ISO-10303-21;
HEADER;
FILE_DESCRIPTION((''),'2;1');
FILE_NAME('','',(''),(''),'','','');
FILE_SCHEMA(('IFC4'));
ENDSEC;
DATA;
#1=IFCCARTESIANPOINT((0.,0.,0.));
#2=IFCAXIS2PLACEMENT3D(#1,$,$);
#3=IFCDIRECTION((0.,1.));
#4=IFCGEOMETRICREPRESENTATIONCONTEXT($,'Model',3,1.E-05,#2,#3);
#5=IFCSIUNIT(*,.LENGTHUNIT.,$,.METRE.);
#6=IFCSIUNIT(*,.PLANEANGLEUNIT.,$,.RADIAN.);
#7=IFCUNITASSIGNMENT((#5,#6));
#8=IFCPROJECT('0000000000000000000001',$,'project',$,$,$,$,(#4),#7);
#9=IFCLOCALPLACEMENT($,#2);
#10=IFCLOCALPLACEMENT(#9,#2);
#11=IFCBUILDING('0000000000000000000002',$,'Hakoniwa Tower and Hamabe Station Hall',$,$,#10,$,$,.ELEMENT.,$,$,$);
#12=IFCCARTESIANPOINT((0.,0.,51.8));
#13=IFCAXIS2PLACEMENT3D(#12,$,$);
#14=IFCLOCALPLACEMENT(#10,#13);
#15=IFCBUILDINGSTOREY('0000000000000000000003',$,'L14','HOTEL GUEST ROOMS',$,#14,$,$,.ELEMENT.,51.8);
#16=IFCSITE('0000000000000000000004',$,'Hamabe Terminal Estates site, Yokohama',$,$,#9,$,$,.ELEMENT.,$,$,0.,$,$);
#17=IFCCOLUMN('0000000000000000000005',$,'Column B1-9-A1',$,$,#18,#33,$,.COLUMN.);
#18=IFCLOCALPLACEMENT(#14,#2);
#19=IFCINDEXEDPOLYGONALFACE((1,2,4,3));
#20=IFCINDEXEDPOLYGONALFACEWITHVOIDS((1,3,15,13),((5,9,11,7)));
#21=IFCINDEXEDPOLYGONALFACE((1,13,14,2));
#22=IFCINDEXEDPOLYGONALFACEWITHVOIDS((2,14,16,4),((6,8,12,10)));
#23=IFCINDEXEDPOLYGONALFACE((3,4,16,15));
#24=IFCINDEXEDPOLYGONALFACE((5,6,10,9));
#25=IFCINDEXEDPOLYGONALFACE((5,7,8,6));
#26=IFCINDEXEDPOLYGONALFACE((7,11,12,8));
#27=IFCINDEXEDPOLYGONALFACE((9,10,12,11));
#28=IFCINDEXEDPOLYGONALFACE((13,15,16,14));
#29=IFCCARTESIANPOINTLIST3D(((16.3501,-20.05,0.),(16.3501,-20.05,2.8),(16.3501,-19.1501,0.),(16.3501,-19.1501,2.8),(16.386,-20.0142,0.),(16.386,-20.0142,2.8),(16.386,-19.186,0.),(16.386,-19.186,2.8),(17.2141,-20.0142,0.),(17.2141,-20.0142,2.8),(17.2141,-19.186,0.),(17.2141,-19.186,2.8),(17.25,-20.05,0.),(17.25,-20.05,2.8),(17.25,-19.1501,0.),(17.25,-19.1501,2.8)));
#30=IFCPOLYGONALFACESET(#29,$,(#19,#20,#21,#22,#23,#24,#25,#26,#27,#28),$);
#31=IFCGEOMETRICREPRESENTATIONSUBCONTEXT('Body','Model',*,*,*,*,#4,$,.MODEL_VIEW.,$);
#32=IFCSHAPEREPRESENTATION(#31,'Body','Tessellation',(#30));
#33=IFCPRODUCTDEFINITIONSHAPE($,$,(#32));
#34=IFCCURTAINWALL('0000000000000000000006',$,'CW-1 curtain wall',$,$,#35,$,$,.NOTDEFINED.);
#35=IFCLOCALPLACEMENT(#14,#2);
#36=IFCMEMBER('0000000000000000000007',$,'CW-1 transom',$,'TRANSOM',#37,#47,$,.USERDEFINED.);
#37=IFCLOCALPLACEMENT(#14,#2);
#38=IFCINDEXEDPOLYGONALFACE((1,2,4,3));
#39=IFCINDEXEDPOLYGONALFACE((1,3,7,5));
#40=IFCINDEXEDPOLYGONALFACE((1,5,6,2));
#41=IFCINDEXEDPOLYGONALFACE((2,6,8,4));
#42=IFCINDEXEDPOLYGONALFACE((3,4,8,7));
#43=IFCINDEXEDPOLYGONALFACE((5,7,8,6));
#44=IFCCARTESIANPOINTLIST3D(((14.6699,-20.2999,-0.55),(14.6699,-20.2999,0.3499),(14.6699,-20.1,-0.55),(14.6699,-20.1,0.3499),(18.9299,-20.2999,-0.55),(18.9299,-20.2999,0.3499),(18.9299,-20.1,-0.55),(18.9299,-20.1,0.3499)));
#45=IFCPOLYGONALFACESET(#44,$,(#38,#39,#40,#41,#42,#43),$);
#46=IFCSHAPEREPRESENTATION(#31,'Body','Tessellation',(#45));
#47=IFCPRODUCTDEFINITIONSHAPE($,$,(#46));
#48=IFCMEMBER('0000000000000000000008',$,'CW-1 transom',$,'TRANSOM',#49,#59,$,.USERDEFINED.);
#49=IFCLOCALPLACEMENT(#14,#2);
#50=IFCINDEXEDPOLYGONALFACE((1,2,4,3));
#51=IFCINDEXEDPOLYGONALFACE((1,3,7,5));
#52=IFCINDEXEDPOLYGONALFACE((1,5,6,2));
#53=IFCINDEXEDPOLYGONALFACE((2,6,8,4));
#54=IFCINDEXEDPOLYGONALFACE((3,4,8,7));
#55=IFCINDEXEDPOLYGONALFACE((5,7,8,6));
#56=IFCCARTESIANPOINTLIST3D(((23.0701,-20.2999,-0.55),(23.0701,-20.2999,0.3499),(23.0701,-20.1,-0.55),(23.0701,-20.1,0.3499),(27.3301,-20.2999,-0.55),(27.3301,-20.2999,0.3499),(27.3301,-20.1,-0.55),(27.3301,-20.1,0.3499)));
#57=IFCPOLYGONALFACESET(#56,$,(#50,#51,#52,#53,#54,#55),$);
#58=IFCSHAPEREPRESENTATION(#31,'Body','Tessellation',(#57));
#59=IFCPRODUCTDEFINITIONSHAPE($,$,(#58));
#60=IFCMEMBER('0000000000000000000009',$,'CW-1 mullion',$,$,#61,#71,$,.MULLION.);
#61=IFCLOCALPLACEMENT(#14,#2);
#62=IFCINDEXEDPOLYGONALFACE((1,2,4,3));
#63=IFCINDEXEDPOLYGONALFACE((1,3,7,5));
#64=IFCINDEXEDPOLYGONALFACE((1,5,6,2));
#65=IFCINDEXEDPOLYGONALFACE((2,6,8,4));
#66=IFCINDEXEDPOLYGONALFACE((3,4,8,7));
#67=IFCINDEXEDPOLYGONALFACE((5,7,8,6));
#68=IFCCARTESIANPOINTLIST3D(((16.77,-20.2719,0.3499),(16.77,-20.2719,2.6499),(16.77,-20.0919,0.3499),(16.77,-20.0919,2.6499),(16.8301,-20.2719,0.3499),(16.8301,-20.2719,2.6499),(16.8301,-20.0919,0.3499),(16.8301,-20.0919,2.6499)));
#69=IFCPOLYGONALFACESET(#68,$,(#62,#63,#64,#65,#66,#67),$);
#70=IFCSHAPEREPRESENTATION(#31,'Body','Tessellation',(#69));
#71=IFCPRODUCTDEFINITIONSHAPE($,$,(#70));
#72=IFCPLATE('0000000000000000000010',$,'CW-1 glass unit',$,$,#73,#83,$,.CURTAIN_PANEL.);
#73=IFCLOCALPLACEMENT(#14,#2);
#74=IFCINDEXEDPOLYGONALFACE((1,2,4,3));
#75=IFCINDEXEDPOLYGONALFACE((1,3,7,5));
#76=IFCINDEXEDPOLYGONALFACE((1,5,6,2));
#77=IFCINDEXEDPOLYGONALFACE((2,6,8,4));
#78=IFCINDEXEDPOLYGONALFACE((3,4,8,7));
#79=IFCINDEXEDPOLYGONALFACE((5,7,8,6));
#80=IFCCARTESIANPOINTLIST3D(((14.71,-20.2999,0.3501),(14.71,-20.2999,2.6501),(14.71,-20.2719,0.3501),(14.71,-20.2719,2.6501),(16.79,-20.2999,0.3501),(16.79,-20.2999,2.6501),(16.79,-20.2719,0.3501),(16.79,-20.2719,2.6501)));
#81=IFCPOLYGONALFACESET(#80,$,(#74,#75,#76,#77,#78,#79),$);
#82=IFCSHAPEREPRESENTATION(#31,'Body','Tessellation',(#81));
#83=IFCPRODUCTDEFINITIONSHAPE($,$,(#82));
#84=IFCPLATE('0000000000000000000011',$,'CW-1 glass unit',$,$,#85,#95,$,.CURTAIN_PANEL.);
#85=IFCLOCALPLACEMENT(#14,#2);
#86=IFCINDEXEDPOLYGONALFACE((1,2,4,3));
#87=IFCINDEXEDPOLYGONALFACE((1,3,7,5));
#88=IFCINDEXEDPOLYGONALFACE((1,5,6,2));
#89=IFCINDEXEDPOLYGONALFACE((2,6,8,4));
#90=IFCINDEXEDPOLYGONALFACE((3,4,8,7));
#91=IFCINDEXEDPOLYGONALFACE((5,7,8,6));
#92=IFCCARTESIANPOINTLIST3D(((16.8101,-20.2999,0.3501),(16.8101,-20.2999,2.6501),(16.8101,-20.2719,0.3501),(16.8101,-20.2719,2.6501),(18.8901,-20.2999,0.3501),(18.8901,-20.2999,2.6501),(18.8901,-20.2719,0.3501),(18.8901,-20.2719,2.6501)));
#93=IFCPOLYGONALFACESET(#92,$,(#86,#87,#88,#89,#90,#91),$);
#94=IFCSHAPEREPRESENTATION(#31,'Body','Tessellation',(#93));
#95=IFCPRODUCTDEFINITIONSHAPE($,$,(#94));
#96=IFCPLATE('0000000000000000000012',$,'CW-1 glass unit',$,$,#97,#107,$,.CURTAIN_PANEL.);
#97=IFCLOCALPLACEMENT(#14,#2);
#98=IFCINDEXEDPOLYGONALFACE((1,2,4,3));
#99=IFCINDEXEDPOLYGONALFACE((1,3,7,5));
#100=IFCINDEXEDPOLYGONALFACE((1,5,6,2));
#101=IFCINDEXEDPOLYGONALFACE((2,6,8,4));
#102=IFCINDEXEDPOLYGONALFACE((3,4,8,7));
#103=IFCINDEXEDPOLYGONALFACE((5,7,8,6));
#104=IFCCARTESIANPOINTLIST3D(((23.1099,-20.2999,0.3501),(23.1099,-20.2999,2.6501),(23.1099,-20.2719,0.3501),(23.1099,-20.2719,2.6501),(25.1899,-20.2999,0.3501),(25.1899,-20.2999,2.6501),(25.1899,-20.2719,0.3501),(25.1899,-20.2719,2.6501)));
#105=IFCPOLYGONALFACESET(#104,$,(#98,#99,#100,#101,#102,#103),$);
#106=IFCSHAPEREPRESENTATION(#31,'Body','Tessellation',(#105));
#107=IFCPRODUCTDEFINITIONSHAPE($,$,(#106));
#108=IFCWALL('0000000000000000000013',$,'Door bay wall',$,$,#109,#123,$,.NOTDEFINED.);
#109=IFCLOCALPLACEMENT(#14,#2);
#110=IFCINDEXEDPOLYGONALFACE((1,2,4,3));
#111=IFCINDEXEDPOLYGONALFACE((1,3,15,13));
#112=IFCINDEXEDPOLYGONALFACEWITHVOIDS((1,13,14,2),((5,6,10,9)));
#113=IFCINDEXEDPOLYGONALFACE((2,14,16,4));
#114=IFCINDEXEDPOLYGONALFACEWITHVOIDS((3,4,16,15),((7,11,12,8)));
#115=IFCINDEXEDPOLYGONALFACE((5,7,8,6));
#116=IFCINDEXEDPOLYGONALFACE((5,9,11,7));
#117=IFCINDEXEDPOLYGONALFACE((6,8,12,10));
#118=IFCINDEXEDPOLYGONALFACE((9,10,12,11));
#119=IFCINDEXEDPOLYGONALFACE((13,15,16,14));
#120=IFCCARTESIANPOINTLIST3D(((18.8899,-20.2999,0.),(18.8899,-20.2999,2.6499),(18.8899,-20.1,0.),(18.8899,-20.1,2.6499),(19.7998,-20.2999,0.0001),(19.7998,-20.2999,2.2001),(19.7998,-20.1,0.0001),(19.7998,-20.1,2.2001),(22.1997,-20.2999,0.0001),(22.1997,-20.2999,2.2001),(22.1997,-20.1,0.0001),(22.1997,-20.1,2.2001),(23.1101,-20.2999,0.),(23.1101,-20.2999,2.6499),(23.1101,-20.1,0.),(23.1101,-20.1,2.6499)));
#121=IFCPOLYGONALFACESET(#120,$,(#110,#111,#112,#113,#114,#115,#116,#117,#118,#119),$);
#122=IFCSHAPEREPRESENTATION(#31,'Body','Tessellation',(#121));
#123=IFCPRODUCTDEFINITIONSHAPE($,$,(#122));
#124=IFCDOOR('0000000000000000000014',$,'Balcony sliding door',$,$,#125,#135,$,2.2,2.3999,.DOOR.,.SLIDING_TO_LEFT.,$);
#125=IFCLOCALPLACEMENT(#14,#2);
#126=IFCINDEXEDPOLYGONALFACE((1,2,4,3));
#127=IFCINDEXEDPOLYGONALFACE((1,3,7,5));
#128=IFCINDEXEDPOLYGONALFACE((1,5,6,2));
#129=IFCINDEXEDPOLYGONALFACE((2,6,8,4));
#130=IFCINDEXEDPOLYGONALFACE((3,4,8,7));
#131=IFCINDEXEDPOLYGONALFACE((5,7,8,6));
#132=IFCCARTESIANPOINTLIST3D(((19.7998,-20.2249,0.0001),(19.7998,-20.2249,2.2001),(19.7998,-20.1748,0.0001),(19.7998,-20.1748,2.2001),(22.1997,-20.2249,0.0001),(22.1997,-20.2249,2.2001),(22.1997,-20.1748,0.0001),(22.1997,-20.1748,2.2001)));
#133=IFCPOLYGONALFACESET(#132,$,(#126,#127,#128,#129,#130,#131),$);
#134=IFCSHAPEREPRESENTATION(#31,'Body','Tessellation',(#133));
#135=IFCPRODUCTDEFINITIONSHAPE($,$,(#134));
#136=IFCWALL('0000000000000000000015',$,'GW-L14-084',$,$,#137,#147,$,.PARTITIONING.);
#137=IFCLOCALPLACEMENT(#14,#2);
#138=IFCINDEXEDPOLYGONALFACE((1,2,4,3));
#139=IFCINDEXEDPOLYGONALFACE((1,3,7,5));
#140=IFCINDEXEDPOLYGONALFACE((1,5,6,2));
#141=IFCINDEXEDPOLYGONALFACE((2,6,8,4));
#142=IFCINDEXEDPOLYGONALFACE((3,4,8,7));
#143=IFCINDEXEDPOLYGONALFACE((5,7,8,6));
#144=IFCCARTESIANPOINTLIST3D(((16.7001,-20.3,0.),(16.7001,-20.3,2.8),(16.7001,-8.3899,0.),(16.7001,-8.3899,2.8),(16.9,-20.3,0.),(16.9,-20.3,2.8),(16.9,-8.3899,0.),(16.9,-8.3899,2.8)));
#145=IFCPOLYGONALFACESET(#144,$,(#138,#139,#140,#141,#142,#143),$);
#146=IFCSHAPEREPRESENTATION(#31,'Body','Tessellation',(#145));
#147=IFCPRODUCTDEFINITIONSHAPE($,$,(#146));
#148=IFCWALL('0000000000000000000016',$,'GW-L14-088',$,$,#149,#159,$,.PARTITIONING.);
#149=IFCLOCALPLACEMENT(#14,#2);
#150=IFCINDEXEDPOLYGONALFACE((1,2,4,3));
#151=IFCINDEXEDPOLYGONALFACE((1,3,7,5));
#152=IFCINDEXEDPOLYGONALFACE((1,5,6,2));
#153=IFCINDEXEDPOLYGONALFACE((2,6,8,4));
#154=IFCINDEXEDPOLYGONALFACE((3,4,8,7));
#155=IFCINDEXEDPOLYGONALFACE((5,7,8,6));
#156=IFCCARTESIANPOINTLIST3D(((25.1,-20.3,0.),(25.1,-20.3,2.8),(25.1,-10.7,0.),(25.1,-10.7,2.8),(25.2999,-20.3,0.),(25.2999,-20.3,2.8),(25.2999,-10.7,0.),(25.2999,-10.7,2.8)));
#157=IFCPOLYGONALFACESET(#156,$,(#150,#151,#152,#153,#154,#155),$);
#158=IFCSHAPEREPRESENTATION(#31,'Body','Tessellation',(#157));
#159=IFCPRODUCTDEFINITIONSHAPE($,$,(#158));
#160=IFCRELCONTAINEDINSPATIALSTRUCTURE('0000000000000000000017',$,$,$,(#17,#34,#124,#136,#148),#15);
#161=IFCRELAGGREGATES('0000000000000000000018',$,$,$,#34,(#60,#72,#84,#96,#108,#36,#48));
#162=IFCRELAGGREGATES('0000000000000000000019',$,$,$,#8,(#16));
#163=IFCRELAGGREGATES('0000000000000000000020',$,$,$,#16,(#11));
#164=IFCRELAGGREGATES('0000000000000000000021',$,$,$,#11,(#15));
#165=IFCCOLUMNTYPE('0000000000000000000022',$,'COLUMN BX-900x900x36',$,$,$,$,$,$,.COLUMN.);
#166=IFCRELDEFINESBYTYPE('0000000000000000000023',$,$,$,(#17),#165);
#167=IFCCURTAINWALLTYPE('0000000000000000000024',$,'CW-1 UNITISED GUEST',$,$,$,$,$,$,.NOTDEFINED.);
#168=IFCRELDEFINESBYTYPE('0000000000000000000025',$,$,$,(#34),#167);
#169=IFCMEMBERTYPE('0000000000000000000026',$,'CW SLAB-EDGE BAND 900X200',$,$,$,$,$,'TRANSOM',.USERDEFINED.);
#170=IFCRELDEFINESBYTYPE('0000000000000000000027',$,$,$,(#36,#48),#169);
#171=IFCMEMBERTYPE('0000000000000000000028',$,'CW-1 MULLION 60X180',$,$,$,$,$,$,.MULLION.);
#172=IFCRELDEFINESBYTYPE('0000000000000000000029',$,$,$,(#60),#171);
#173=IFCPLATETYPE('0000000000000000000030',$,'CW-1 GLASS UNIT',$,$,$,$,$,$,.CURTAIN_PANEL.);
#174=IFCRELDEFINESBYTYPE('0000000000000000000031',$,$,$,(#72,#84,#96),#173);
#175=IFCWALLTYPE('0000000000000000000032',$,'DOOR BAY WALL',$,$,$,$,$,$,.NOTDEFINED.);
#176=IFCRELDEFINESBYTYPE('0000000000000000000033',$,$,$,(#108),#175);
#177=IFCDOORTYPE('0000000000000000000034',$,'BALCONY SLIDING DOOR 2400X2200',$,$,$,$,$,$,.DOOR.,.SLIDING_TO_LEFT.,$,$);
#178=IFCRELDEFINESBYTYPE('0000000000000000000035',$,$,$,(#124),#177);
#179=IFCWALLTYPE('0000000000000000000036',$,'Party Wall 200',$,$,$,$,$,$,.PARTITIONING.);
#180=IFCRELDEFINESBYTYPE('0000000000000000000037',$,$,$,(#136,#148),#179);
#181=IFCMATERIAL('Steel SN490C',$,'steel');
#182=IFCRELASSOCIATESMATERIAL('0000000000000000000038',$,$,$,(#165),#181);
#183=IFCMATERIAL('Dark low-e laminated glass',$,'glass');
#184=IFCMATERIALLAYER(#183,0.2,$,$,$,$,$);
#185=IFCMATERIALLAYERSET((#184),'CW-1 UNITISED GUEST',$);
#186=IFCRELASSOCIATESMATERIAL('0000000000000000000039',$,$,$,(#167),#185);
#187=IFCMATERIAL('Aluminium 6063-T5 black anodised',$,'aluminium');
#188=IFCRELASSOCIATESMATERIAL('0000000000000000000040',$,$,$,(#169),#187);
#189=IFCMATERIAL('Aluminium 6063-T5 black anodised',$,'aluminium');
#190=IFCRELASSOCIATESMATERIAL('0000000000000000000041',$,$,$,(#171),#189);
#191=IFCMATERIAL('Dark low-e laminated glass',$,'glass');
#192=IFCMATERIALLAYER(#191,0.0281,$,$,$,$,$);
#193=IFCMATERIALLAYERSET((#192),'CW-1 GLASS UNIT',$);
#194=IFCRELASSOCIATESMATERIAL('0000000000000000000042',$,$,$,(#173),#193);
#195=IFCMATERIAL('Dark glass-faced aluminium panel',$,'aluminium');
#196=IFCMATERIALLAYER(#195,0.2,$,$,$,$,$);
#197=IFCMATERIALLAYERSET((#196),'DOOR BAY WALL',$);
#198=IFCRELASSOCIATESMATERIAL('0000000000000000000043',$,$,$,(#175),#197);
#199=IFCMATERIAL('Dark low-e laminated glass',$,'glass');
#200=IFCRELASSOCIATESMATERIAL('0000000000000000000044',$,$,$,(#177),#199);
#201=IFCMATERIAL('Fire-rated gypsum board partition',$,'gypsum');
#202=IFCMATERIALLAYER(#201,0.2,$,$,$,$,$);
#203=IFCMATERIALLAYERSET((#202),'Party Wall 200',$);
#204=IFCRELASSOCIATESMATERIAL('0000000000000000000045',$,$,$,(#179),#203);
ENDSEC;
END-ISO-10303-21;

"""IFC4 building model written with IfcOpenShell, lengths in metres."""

from ifc_helpers import new_model, si_unit, direction, frame, frame_2d, origin, origin_2d, place, context, subcontext, project, spatial, rectangle, hollow_rectangle, extrude, material, layer, layer_set, material_profile, profile_set, type_object, element, fill, aggregate, save


model = new_model("IFC4")

# Units and contexts
model_context = context("Model", 3, precision=1e-05, world=origin(), true_north=direction((0.0, 1.0)))
body_context = subcontext(model_context, "Body", "Model", "MODEL_VIEW")
ifc_project = project(units=[si_unit("LENGTHUNIT", "METRE"), si_unit("PLANEANGLEUNIT", "RADIAN")], contexts=[model_context])

# Site, building, storey
site_placement = place(None, origin())
site = spatial("IfcSite", under=ifc_project, at=site_placement, Name="Hamabe Terminal Estates site, Yokohama", CompositionType="ELEMENT", RefElevation=0.0)
building_placement = place(site_placement, origin())
building = spatial("IfcBuilding", under=site, at=building_placement, Name="Hakoniwa Tower and Hamabe Station Hall", CompositionType="ELEMENT")
storey_placement = place(building_placement, frame((0.0, 0.0, 51.8)))
storey = spatial("IfcBuildingStorey", under=building, at=storey_placement, Name="L14", Description="HOTEL GUEST ROOMS", CompositionType="ELEMENT", Elevation=51.8)

# Column
ifc_material_1 = material(Name="Steel SN490C", Category="steel")
ifc_material_profile_1 = material_profile(ifc_material_1, hollow_rectangle(XDim=0.8999, YDim=0.8999, WallThickness=0.0359, at=origin_2d()), Name="BX-900x900x36")
ifc_profile_set_1 = profile_set([ifc_material_profile_1], Name="Steel SN490C")
column_type = type_object("IfcColumnType", Name="COLUMN BX-900x900x36", PredefinedType="COLUMN", material=ifc_profile_set_1)
column_placement = place(storey_placement, frame((16.8, -19.6001, 0.0), z_axis=(0.0, 0.0, 1.0), x_axis=(1.0, 0.0, 0.0)))
element("IfcColumn", 1, at=column_placement, inside=storey, type_object=column_type, Name="Column B1-9-A1", PredefinedType="COLUMN", context=body_context, shape_type="SweptSolid", body=[
    extrude(hollow_rectangle(XDim=0.8999, YDim=0.8999, WallThickness=0.0359, at=origin_2d()), origin(), (0.0, 0.0, 1.0), 2.8),
])

# Curtain wall, members, plates, wall, opening, door
ifc_material_2 = material(Name="Dark low-e laminated glass", Category="glass")
ifc_layer_1 = layer(ifc_material_2, 0.2)
ifc_layer_set_1 = layer_set([ifc_layer_1], Name="CW-1 UNITISED GUEST")
curtain_wall_type = type_object("IfcCurtainWallType", Name="CW-1 UNITISED GUEST", PredefinedType="NOTDEFINED", material=ifc_layer_set_1)
curtain_wall_placement = place(storey_placement, origin())
curtain_wall = element("IfcCurtainWall", 2, at=curtain_wall_placement, inside=storey, type_object=curtain_wall_type, Name="CW-1 curtain wall", PredefinedType="NOTDEFINED")
ifc_material_3 = material(Name="Aluminium 6063-T5 black anodised", Category="aluminium")
ifc_material_profile_2 = material_profile(ifc_material_3, rectangle(XDim=0.2, YDim=0.8999, at=origin_2d()), Name="CW SLAB-EDGE BAND 900X200")
ifc_profile_set_2 = profile_set([ifc_material_profile_2], Name="Aluminium 6063-T5 black anodised")
member_type_1 = type_object("IfcMemberType", Name="CW SLAB-EDGE BAND 900X200", ElementType="TRANSOM", PredefinedType="USERDEFINED", material=ifc_profile_set_2)
member_1_placement = place(storey_placement, frame((14.6699, -20.2, -0.1001), z_axis=(1.0, 0.0, 0.0), x_axis=(0.0, 1.0, 0.0)))
member_1 = element("IfcMember", 3, at=member_1_placement, type_object=member_type_1, Name="CW-1 transom", ObjectType="TRANSOM", PredefinedType="USERDEFINED", context=body_context, shape_type="SweptSolid", body=[
    extrude(rectangle(XDim=0.2, YDim=0.8999, at=origin_2d()), origin(), (0.0, 0.0, 1.0), 4.26),
])
member_2_placement = place(storey_placement, frame((23.0701, -20.2, -0.1001), z_axis=(1.0, 0.0, 0.0), x_axis=(0.0, 1.0, 0.0)))
member_2 = element("IfcMember", 4, at=member_2_placement, type_object=member_type_1, Name="CW-1 transom", ObjectType="TRANSOM", PredefinedType="USERDEFINED", context=body_context, shape_type="SweptSolid", body=[
    extrude(rectangle(XDim=0.2, YDim=0.8999, at=origin_2d()), origin(), (0.0, 0.0, 1.0), 4.26),
])
ifc_material_4 = material(Name="Aluminium 6063-T5 black anodised", Category="aluminium")
ifc_material_profile_3 = material_profile(ifc_material_4, rectangle(XDim=0.0601, YDim=0.1799, at=origin_2d()), Name="CW-1 MULLION 60X180")
ifc_profile_set_3 = profile_set([ifc_material_profile_3], Name="Aluminium 6063-T5 black anodised")
member_type_2 = type_object("IfcMemberType", Name="CW-1 MULLION 60X180", PredefinedType="MULLION", material=ifc_profile_set_3)
member_3_placement = place(storey_placement, frame((16.8, -20.1819, 0.3499), z_axis=(0.0, 0.0, 1.0), x_axis=(1.0, 0.0, 0.0)))
member_3 = element("IfcMember", 5, at=member_3_placement, type_object=member_type_2, Name="CW-1 mullion", PredefinedType="MULLION", context=body_context, shape_type="SweptSolid", body=[
    extrude(rectangle(XDim=0.0601, YDim=0.1799, at=origin_2d()), origin(), (0.0, 0.0, 1.0), 2.3),
])
ifc_material_5 = material(Name="Dark low-e laminated glass", Category="glass")
ifc_layer_2 = layer(ifc_material_5, 0.0281)
ifc_layer_set_2 = layer_set([ifc_layer_2], Name="CW-1 GLASS UNIT")
plate_type = type_object("IfcPlateType", Name="CW-1 GLASS UNIT", PredefinedType="CURTAIN_PANEL", material=ifc_layer_set_2)
plate_1_placement = place(storey_placement, frame((15.75, -20.2859, 0.3501), z_axis=(0.0, 0.0, 1.0), x_axis=(1.0, 0.0, 0.0)))
plate_1 = element("IfcPlate", 6, at=plate_1_placement, type_object=plate_type, Name="CW-1 glass unit", PredefinedType="CURTAIN_PANEL", context=body_context, shape_type="SweptSolid", body=[
    extrude(rectangle(XDim=2.0801, YDim=0.0281, at=origin_2d()), origin(), (0.0, 0.0, 1.0), 2.3),
])
plate_2_placement = place(storey_placement, frame((17.8501, -20.2859, 0.3501), z_axis=(0.0, 0.0, 1.0), x_axis=(1.0, 0.0, 0.0)))
plate_2 = element("IfcPlate", 7, at=plate_2_placement, type_object=plate_type, Name="CW-1 glass unit", PredefinedType="CURTAIN_PANEL", context=body_context, shape_type="SweptSolid", body=[
    extrude(rectangle(XDim=2.0801, YDim=0.0281, at=origin_2d()), origin(), (0.0, 0.0, 1.0), 2.3),
])
plate_3_placement = place(storey_placement, frame((24.1499, -20.2859, 0.3501), z_axis=(0.0, 0.0, 1.0), x_axis=(1.0, 0.0, 0.0)))
plate_3 = element("IfcPlate", 8, at=plate_3_placement, type_object=plate_type, Name="CW-1 glass unit", PredefinedType="CURTAIN_PANEL", context=body_context, shape_type="SweptSolid", body=[
    extrude(rectangle(XDim=2.0801, YDim=0.0281, at=origin_2d()), origin(), (0.0, 0.0, 1.0), 2.3),
])
ifc_material_6 = material(Name="Dark glass-faced aluminium panel", Category="aluminium")
ifc_layer_3 = layer(ifc_material_6, 0.2)
ifc_layer_set_3 = layer_set([ifc_layer_3], Name="DOOR BAY WALL")
wall_type_1 = type_object("IfcWallType", Name="DOOR BAY WALL", PredefinedType="NOTDEFINED", material=ifc_layer_set_3)
wall_1_placement = place(storey_placement, frame((18.8899, -20.2, 0.0), z_axis=(0.0, 0.0, 1.0), x_axis=(1.0, 0.0, 0.0)))
wall_1 = element("IfcWall", 9, at=wall_1_placement, type_object=wall_type_1, Name="Door bay wall", PredefinedType="NOTDEFINED", context=body_context, shape_type="SweptSolid", body=[
    extrude(rectangle(XDim=4.2202, YDim=0.2, at=frame_2d((2.1101, 0.0))), origin(), (0.0, 0.0, 1.0), 2.6499),
])
opening_placement = place(wall_1_placement, frame((0.9099, 0.0, 0.0)))
opening = element("IfcOpeningElement", 10, at=opening_placement, cuts=wall_1, PredefinedType="OPENING", context=body_context, shape_type="SweptSolid", body=[
    extrude(rectangle(XDim=2.3999, YDim=2.2, at=frame_2d((1.2, 1.1001))), frame((0.0, 0.1099, 0.0), z_axis=(0.0, -1.0, 0.0), x_axis=(1.0, 0.0, 0.0)), (0.0, 0.0, 1.0), 0.22),
])
ifc_material_7 = material(Name="Dark low-e laminated glass", Category="glass")
door_type = type_object("IfcDoorType", Name="BALCONY SLIDING DOOR 2400X2200", OperationType="SLIDING_TO_LEFT", PredefinedType="DOOR", material=ifc_material_7)
door_placement = place(opening_placement, frame((2.3999, 0.0, 0.0), z_axis=(0.0, 0.0, 1.0), x_axis=(-1.0, 0.0, 0.0)))
door = element("IfcDoor", 11, at=door_placement, inside=storey, type_object=door_type, Name="Balcony sliding door", OperationType="SLIDING_TO_LEFT", OverallHeight=2.2, OverallWidth=2.3999, PredefinedType="DOOR", context=body_context, shape_type="SweptSolid", body=[
    extrude(rectangle(XDim=2.3999, YDim=2.2, at=frame_2d((1.2, 1.1001))), frame((0.0, 0.0249, 0.0), z_axis=(0.0, -1.0, 0.0), x_axis=(1.0, 0.0, 0.0)), (0.0, 0.0, 1.0), 0.05),
])
fill(opening, door)
aggregate(curtain_wall, [member_3, plate_1, plate_2, plate_3, wall_1, member_1, member_2])

# Walls
ifc_material_8 = material(Name="Fire-rated gypsum board partition", Category="gypsum")
ifc_layer_4 = layer(ifc_material_8, 0.2)
ifc_layer_set_4 = layer_set([ifc_layer_4], Name="Party Wall 200")
wall_type_2 = type_object("IfcWallType", Name="Party Wall 200", PredefinedType="PARTITIONING", material=ifc_layer_set_4)
wall_2_placement = place(storey_placement, frame((16.8, -20.3, 0.0), z_axis=(0.0, 0.0, 1.0), x_axis=(0.0, 1.0, 0.0)))
element("IfcWall", 12, at=wall_2_placement, inside=storey, type_object=wall_type_2, Name="GW-L14-084", PredefinedType="PARTITIONING", context=body_context, shape_type="SweptSolid", body=[
    extrude(rectangle(XDim=11.9102, YDim=0.2, at=frame_2d((5.9551, 0.0))), origin(), (0.0, 0.0, 1.0), 2.8),
])
wall_3_placement = place(storey_placement, frame((25.2, -20.3, 0.0), z_axis=(0.0, 0.0, 1.0), x_axis=(0.0, 1.0, 0.0)))
element("IfcWall", 13, at=wall_3_placement, inside=storey, type_object=wall_type_2, Name="GW-L14-088", PredefinedType="PARTITIONING", context=body_context, shape_type="SweptSolid", body=[
    extrude(rectangle(XDim=9.6001, YDim=0.2, at=frame_2d((4.8, 0.0))), origin(), (0.0, 0.0, 1.0), 2.8),
])

save(model, "model.ifc")
